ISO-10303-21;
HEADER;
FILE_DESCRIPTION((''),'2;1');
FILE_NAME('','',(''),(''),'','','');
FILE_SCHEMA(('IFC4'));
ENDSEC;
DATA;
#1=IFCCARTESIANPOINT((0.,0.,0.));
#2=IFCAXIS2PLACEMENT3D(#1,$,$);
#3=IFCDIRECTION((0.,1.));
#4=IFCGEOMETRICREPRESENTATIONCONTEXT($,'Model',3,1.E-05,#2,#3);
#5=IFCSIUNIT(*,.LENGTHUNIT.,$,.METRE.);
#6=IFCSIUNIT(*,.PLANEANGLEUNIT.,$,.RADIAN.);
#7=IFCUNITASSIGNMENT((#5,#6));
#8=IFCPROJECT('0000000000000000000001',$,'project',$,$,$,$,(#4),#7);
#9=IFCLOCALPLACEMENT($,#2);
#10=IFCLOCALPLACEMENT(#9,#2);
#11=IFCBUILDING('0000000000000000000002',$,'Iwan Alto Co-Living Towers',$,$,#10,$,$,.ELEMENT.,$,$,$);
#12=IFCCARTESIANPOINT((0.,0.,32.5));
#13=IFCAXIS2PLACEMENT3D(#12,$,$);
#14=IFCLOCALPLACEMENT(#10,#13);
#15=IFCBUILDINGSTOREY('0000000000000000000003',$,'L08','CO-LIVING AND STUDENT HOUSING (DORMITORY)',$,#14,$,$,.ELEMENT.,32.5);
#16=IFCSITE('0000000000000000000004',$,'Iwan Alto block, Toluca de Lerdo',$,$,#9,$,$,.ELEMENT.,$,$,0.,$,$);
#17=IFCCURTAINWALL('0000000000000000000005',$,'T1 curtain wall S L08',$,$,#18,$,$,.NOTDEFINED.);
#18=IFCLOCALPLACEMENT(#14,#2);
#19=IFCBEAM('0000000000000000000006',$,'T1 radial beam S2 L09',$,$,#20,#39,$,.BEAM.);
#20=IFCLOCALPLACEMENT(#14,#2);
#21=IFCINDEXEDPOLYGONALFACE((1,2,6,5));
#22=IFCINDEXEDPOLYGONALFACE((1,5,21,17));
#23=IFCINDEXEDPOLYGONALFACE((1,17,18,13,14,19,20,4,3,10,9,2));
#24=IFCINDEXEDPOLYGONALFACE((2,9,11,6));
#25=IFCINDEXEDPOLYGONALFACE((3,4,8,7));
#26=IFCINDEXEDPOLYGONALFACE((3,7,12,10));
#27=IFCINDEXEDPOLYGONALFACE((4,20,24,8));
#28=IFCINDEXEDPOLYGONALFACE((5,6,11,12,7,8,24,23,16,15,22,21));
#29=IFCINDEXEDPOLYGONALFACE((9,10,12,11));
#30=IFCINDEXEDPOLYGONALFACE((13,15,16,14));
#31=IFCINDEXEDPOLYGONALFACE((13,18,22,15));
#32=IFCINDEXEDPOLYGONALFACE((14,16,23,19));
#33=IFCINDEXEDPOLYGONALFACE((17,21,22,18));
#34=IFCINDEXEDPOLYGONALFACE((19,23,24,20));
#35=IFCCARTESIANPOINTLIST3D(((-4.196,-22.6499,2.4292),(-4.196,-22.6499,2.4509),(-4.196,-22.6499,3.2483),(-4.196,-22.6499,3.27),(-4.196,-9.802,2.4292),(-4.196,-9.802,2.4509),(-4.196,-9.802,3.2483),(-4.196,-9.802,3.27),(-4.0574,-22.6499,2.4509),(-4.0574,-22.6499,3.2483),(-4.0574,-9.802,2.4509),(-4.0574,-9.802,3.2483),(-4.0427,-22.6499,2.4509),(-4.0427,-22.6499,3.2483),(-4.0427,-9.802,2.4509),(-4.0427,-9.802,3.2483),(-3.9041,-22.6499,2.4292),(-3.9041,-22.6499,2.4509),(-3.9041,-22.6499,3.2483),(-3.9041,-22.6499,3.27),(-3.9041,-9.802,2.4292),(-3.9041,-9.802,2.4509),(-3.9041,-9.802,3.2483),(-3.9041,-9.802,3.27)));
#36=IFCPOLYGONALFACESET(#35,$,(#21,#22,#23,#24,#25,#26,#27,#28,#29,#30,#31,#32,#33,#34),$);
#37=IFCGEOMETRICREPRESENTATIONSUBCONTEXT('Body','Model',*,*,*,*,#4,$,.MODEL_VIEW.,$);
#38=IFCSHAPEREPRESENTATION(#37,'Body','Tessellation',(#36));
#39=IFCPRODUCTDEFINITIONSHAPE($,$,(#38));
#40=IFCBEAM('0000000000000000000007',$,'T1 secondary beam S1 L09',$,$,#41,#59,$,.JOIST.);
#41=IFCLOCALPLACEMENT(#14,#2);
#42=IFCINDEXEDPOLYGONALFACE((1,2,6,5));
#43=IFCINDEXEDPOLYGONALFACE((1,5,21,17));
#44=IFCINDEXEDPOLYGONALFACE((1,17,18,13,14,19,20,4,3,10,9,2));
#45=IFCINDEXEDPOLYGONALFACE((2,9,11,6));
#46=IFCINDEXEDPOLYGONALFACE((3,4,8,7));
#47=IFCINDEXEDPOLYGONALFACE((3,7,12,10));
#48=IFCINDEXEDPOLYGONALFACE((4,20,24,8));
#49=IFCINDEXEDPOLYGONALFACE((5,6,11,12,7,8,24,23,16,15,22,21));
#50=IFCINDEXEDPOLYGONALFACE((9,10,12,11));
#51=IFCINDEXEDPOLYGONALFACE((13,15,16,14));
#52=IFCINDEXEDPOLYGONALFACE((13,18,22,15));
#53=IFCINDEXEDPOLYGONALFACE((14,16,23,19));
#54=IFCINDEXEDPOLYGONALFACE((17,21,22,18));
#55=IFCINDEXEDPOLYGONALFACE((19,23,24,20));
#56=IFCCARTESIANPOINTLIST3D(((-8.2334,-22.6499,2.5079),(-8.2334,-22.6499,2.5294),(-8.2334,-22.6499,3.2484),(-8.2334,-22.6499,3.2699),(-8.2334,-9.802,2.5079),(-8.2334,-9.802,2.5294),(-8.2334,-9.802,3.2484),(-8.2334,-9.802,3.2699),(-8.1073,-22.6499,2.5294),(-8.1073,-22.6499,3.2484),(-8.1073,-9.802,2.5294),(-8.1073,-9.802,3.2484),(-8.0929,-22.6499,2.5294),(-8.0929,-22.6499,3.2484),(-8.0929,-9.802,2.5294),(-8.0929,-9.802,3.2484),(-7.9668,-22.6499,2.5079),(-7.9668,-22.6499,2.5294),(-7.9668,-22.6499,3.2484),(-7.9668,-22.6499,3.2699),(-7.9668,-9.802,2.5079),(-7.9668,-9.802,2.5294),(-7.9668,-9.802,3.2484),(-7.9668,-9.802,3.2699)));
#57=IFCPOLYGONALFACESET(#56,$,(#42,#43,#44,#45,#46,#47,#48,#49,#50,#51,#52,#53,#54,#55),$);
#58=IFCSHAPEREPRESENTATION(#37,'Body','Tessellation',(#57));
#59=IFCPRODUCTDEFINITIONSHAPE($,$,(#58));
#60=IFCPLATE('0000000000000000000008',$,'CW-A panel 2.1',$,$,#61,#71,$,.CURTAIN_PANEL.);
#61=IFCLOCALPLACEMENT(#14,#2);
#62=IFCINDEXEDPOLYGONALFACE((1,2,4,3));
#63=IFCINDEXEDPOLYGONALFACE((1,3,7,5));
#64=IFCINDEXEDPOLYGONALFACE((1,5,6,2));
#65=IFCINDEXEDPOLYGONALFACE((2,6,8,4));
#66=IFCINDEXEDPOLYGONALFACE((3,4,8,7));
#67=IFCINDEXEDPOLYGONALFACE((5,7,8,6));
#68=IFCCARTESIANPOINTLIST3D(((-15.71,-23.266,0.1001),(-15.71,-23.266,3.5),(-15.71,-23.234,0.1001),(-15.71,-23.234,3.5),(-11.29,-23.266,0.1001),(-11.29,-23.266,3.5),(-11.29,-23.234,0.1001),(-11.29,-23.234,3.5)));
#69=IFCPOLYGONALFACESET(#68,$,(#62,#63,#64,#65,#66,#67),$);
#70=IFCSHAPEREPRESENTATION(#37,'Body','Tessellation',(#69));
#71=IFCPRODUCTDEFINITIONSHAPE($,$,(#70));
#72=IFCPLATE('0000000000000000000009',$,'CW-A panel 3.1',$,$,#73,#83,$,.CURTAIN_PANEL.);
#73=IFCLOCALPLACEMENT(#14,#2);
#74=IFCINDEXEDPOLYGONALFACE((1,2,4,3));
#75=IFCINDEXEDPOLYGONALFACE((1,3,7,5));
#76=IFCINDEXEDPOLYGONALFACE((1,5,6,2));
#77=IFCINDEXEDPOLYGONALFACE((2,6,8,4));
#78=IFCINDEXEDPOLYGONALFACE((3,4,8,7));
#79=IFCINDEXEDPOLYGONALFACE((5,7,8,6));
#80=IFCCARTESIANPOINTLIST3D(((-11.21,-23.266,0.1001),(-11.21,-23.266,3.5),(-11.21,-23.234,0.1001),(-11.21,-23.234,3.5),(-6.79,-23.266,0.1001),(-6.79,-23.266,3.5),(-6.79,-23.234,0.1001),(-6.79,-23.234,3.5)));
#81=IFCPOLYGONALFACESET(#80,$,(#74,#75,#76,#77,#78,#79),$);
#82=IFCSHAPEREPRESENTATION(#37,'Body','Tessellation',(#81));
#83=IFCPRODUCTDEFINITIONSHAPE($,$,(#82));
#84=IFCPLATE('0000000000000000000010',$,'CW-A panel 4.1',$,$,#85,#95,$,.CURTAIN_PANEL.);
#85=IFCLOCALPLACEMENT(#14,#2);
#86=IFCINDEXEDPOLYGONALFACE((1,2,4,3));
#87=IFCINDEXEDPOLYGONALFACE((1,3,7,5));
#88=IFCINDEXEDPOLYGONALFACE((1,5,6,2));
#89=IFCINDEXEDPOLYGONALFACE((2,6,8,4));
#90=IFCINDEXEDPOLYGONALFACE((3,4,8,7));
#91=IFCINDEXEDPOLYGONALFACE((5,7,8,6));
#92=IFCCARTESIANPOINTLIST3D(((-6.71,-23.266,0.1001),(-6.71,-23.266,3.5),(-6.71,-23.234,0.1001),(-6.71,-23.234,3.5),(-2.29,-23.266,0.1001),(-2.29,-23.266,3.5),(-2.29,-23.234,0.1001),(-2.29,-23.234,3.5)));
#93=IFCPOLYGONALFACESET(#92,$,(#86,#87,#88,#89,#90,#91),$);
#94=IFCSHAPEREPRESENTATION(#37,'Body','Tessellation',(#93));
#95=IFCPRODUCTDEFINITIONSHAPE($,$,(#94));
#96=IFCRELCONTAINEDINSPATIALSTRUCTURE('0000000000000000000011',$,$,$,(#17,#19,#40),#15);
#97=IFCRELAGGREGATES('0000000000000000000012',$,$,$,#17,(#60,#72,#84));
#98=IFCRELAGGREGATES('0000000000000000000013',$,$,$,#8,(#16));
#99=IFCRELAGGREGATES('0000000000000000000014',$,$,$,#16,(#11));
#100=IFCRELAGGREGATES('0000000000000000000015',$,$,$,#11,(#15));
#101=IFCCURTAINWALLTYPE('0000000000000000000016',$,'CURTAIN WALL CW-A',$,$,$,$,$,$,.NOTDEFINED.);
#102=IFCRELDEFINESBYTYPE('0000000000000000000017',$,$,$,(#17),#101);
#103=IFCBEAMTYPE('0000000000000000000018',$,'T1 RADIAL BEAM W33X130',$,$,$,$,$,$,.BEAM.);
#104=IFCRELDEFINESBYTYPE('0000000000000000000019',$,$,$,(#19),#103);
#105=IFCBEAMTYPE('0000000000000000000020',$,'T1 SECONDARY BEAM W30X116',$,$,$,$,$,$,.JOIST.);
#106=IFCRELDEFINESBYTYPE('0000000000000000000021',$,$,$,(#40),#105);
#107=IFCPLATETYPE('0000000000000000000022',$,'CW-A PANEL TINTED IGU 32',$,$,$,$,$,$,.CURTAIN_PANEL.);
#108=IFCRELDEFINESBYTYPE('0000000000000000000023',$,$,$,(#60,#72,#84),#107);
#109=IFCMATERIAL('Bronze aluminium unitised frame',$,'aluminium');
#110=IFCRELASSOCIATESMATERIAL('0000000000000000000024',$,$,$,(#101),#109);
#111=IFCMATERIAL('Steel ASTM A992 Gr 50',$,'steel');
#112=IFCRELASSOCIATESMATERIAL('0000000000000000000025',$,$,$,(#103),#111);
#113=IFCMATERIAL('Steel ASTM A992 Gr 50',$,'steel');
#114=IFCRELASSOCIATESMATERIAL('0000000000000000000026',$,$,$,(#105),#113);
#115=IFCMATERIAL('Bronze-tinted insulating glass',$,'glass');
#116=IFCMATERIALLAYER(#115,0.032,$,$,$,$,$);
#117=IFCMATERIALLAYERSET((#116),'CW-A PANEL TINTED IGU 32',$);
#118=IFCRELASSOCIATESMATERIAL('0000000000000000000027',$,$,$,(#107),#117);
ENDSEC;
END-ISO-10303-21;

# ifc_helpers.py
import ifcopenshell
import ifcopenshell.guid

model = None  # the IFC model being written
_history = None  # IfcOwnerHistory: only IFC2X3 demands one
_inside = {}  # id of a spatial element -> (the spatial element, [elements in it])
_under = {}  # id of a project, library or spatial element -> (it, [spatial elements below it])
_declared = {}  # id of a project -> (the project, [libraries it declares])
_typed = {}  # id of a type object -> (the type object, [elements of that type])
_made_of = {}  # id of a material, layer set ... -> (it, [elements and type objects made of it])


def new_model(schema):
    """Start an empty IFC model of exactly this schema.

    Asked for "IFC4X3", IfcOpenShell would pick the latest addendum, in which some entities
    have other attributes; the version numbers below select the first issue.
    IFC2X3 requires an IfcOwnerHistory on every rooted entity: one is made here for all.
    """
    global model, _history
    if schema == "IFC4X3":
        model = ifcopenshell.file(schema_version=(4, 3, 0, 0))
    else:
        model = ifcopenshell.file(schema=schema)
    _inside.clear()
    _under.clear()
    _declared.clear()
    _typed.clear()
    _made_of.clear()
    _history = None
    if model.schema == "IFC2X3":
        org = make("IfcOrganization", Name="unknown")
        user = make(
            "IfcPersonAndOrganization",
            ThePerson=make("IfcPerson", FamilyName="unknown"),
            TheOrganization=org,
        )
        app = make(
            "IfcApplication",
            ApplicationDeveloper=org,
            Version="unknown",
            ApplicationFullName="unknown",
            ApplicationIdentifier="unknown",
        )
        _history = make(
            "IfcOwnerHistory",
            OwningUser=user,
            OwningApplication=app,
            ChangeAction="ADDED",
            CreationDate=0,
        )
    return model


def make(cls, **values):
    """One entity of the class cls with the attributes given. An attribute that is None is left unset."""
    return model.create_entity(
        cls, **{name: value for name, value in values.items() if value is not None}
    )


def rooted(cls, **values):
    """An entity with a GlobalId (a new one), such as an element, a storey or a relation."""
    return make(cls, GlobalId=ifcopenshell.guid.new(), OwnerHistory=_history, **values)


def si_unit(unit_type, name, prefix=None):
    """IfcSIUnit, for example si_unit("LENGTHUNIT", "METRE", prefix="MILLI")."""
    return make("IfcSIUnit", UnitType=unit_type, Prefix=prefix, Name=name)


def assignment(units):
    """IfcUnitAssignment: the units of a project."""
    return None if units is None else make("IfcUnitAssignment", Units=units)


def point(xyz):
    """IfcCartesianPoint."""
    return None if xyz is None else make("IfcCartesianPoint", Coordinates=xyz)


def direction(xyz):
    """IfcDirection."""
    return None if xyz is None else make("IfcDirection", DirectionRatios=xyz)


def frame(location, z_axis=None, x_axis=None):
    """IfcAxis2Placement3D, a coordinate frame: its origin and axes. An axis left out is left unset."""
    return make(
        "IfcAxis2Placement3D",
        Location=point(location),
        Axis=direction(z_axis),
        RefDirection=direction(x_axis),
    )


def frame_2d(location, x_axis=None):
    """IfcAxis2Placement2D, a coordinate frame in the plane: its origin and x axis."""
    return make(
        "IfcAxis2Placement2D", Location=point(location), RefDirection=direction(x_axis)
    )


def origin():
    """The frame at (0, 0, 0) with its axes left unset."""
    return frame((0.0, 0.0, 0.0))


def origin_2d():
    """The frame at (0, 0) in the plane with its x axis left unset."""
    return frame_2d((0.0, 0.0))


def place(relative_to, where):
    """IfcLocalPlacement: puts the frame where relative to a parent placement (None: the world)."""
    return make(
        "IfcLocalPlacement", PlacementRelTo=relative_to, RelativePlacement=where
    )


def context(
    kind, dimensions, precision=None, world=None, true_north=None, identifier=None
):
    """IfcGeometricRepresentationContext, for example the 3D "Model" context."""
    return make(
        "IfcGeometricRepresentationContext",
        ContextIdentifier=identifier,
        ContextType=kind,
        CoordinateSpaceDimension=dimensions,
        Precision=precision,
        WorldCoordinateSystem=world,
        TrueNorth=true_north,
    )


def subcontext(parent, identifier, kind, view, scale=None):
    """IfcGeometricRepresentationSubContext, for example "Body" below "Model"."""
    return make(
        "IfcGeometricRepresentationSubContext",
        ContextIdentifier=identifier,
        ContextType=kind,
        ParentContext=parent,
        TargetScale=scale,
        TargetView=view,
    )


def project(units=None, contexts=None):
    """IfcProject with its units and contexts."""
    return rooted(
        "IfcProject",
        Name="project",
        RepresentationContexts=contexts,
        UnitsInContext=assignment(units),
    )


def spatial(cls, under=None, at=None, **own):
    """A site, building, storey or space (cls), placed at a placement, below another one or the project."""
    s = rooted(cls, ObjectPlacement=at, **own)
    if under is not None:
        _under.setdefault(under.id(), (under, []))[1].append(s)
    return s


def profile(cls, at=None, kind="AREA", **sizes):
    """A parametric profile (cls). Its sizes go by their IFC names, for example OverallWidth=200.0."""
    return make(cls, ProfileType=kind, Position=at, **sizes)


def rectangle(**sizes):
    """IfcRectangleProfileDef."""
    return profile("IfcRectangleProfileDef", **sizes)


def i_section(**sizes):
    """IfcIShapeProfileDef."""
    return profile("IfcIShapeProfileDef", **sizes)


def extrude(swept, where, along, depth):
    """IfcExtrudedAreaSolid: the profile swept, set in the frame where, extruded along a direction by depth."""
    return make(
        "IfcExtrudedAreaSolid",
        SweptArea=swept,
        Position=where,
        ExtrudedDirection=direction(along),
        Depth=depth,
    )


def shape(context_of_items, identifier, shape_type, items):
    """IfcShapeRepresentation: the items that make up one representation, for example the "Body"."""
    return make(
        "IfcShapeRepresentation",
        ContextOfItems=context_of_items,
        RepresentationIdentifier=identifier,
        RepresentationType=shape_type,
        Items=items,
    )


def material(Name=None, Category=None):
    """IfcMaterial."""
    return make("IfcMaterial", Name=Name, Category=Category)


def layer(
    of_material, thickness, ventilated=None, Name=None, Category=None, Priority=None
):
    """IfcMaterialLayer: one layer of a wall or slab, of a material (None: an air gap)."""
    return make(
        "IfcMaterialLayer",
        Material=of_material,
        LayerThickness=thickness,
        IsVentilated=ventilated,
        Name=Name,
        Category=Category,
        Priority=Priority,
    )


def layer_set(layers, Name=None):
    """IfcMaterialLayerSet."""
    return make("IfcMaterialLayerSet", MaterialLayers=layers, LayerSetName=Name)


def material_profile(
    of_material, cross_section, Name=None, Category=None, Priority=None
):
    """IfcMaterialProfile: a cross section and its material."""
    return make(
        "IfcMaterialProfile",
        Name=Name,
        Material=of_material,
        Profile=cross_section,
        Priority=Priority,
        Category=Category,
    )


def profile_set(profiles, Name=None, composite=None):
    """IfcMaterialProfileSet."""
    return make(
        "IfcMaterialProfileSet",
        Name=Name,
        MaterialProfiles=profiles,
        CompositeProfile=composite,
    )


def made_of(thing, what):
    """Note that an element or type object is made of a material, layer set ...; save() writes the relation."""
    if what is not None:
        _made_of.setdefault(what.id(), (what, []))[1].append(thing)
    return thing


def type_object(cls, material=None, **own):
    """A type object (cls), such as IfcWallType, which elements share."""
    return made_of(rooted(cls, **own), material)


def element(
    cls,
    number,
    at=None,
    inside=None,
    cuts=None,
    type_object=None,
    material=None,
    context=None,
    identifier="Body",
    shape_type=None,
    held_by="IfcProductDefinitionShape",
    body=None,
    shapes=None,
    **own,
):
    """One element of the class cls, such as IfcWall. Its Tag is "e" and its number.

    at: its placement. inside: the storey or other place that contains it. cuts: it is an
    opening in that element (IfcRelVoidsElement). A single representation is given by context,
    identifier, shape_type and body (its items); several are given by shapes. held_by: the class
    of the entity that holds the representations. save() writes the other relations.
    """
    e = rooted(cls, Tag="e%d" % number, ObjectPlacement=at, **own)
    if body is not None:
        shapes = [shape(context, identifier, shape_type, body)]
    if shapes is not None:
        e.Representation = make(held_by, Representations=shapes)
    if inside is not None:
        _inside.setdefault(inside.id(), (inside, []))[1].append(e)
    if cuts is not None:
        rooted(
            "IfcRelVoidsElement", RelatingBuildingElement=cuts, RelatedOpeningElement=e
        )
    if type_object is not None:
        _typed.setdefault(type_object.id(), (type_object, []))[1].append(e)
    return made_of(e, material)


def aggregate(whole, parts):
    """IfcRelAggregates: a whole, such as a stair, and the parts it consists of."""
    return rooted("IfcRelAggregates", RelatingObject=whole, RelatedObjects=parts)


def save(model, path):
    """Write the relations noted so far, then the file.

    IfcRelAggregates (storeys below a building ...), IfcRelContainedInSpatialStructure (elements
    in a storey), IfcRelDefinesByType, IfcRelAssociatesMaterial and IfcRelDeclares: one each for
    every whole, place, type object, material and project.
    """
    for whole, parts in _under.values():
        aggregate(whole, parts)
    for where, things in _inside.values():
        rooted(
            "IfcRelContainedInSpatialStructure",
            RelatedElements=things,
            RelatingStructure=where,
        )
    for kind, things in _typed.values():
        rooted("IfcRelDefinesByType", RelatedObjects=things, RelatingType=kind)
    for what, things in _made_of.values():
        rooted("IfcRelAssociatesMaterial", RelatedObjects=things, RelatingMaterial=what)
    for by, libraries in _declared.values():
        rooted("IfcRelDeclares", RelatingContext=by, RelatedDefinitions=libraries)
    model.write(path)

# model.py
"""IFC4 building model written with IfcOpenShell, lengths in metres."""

from ifc_helpers import new_model, si_unit, direction, frame, origin, origin_2d, place, context, subcontext, project, spatial, rectangle, i_section, extrude, material, layer, layer_set, material_profile, profile_set, type_object, element, aggregate, save


model = new_model("IFC4")

# Units and contexts
model_context = context("Model", 3, precision=1e-05, world=origin(), true_north=direction((0.0, 1.0)))
body_context = subcontext(model_context, "Body", "Model", "MODEL_VIEW")
ifc_project = project(units=[si_unit("LENGTHUNIT", "METRE"), si_unit("PLANEANGLEUNIT", "RADIAN")], contexts=[model_context])

# Site, building, storey
site_placement = place(None, origin())
site = spatial("IfcSite", under=ifc_project, at=site_placement, Name="Iwan Alto block, Toluca de Lerdo", CompositionType="ELEMENT", RefElevation=0.0)
building_placement = place(site_placement, origin())
building = spatial("IfcBuilding", under=site, at=building_placement, Name="Iwan Alto Co-Living Towers", CompositionType="ELEMENT")
storey_placement = place(building_placement, frame((0.0, 0.0, 32.5)))
storey = spatial("IfcBuildingStorey", under=building, at=storey_placement, Name="L08", Description="CO-LIVING AND STUDENT HOUSING (DORMITORY)", CompositionType="ELEMENT", Elevation=32.5)

# Curtain wall
ifc_material_1 = material(Name="Bronze aluminium unitised frame", Category="aluminium")
curtain_wall_type = type_object("IfcCurtainWallType", Name="CURTAIN WALL CW-A", PredefinedType="NOTDEFINED", material=ifc_material_1)
curtain_wall_placement = place(storey_placement, origin())
curtain_wall = element("IfcCurtainWall", 1, at=curtain_wall_placement, inside=storey, type_object=curtain_wall_type, Name="T1 curtain wall S L08", PredefinedType="NOTDEFINED")

# Beams
ifc_material_2 = material(Name="Steel ASTM A992 Gr 50", Category="steel")
ifc_material_profile_1 = material_profile(ifc_material_2, i_section(OverallWidth=0.292, OverallDepth=0.8408, WebThickness=0.0146, FlangeThickness=0.0217, at=origin_2d()), Name="W33X130")
ifc_profile_set_1 = profile_set([ifc_material_profile_1], Name="Steel ASTM A992 Gr 50")
beam_type_1 = type_object("IfcBeamType", Name="T1 RADIAL BEAM W33X130", PredefinedType="BEAM", material=ifc_profile_set_1)
beam_1_placement = place(storey_placement, frame((-4.05, -22.6499, 2.8496), z_axis=(0.0, 1.0, 0.0), x_axis=(-1.0, 0.0, 0.0)))
element("IfcBeam", 2, at=beam_1_placement, inside=storey, type_object=beam_type_1, Name="T1 radial beam S2 L09", PredefinedType="BEAM", context=body_context, shape_type="SweptSolid", body=[
    extrude(i_section(OverallWidth=0.292, OverallDepth=0.8408, WebThickness=0.0146, FlangeThickness=0.0217, at=origin_2d()), origin(), (0.0, 0.0, 1.0), 12.8479),
])
ifc_material_3 = material(Name="Steel ASTM A992 Gr 50", Category="steel")
ifc_material_profile_2 = material_profile(ifc_material_3, i_section(OverallWidth=0.2666, OverallDepth=0.762, WebThickness=0.0144, FlangeThickness=0.0215, at=origin_2d()), Name="W30X116")
ifc_profile_set_2 = profile_set([ifc_material_profile_2], Name="Steel ASTM A992 Gr 50")
beam_type_2 = type_object("IfcBeamType", Name="T1 SECONDARY BEAM W30X116", PredefinedType="JOIST", material=ifc_profile_set_2)
beam_2_placement = place(storey_placement, frame((-8.1001, -22.6499, 2.8889), z_axis=(0.0, 1.0, 0.0), x_axis=(-1.0, 0.0, 0.0)))
element("IfcBeam", 3, at=beam_2_placement, inside=storey, type_object=beam_type_2, Name="T1 secondary beam S1 L09", PredefinedType="JOIST", context=body_context, shape_type="SweptSolid", body=[
    extrude(i_section(OverallWidth=0.2666, OverallDepth=0.762, WebThickness=0.0144, FlangeThickness=0.0215, at=origin_2d()), origin(), (0.0, 0.0, 1.0), 12.8479),
])

# Plates
ifc_material_4 = material(Name="Bronze-tinted insulating glass", Category="glass")
ifc_layer_1 = layer(ifc_material_4, 0.032)
ifc_layer_set_1 = layer_set([ifc_layer_1], Name="CW-A PANEL TINTED IGU 32")
plate_type = type_object("IfcPlateType", Name="CW-A PANEL TINTED IGU 32", PredefinedType="CURTAIN_PANEL", material=ifc_layer_set_1)
plate_1_placement = place(storey_placement, frame((-13.5, -23.25, 0.1001), z_axis=(0.0, 0.0, 1.0), x_axis=(1.0, 0.0, 0.0)))
plate_1 = element("IfcPlate", 4, at=plate_1_placement, type_object=plate_type, Name="CW-A panel 2.1", PredefinedType="CURTAIN_PANEL", context=body_context, shape_type="SweptSolid", body=[
    extrude(rectangle(XDim=4.4199, YDim=0.032, at=origin_2d()), origin(), (0.0, 0.0, 1.0), 3.3999),
])
plate_2_placement = place(storey_placement, frame((-9.0, -23.25, 0.1001), z_axis=(0.0, 0.0, 1.0), x_axis=(1.0, 0.0, 0.0)))
plate_2 = element("IfcPlate", 5, at=plate_2_placement, type_object=plate_type, Name="CW-A panel 3.1", PredefinedType="CURTAIN_PANEL", context=body_context, shape_type="SweptSolid", body=[
    extrude(rectangle(XDim=4.4199, YDim=0.032, at=origin_2d()), origin(), (0.0, 0.0, 1.0), 3.3999),
])
plate_3_placement = place(storey_placement, frame((-4.5, -23.25, 0.1001), z_axis=(0.0, 0.0, 1.0), x_axis=(1.0, 0.0, 0.0)))
plate_3 = element("IfcPlate", 6, at=plate_3_placement, type_object=plate_type, Name="CW-A panel 4.1", PredefinedType="CURTAIN_PANEL", context=body_context, shape_type="SweptSolid", body=[
    extrude(rectangle(XDim=4.4199, YDim=0.032, at=origin_2d()), origin(), (0.0, 0.0, 1.0), 3.3999),
])
aggregate(curtain_wall, [plate_1, plate_2, plate_3])

save(model, "model.ifc")
